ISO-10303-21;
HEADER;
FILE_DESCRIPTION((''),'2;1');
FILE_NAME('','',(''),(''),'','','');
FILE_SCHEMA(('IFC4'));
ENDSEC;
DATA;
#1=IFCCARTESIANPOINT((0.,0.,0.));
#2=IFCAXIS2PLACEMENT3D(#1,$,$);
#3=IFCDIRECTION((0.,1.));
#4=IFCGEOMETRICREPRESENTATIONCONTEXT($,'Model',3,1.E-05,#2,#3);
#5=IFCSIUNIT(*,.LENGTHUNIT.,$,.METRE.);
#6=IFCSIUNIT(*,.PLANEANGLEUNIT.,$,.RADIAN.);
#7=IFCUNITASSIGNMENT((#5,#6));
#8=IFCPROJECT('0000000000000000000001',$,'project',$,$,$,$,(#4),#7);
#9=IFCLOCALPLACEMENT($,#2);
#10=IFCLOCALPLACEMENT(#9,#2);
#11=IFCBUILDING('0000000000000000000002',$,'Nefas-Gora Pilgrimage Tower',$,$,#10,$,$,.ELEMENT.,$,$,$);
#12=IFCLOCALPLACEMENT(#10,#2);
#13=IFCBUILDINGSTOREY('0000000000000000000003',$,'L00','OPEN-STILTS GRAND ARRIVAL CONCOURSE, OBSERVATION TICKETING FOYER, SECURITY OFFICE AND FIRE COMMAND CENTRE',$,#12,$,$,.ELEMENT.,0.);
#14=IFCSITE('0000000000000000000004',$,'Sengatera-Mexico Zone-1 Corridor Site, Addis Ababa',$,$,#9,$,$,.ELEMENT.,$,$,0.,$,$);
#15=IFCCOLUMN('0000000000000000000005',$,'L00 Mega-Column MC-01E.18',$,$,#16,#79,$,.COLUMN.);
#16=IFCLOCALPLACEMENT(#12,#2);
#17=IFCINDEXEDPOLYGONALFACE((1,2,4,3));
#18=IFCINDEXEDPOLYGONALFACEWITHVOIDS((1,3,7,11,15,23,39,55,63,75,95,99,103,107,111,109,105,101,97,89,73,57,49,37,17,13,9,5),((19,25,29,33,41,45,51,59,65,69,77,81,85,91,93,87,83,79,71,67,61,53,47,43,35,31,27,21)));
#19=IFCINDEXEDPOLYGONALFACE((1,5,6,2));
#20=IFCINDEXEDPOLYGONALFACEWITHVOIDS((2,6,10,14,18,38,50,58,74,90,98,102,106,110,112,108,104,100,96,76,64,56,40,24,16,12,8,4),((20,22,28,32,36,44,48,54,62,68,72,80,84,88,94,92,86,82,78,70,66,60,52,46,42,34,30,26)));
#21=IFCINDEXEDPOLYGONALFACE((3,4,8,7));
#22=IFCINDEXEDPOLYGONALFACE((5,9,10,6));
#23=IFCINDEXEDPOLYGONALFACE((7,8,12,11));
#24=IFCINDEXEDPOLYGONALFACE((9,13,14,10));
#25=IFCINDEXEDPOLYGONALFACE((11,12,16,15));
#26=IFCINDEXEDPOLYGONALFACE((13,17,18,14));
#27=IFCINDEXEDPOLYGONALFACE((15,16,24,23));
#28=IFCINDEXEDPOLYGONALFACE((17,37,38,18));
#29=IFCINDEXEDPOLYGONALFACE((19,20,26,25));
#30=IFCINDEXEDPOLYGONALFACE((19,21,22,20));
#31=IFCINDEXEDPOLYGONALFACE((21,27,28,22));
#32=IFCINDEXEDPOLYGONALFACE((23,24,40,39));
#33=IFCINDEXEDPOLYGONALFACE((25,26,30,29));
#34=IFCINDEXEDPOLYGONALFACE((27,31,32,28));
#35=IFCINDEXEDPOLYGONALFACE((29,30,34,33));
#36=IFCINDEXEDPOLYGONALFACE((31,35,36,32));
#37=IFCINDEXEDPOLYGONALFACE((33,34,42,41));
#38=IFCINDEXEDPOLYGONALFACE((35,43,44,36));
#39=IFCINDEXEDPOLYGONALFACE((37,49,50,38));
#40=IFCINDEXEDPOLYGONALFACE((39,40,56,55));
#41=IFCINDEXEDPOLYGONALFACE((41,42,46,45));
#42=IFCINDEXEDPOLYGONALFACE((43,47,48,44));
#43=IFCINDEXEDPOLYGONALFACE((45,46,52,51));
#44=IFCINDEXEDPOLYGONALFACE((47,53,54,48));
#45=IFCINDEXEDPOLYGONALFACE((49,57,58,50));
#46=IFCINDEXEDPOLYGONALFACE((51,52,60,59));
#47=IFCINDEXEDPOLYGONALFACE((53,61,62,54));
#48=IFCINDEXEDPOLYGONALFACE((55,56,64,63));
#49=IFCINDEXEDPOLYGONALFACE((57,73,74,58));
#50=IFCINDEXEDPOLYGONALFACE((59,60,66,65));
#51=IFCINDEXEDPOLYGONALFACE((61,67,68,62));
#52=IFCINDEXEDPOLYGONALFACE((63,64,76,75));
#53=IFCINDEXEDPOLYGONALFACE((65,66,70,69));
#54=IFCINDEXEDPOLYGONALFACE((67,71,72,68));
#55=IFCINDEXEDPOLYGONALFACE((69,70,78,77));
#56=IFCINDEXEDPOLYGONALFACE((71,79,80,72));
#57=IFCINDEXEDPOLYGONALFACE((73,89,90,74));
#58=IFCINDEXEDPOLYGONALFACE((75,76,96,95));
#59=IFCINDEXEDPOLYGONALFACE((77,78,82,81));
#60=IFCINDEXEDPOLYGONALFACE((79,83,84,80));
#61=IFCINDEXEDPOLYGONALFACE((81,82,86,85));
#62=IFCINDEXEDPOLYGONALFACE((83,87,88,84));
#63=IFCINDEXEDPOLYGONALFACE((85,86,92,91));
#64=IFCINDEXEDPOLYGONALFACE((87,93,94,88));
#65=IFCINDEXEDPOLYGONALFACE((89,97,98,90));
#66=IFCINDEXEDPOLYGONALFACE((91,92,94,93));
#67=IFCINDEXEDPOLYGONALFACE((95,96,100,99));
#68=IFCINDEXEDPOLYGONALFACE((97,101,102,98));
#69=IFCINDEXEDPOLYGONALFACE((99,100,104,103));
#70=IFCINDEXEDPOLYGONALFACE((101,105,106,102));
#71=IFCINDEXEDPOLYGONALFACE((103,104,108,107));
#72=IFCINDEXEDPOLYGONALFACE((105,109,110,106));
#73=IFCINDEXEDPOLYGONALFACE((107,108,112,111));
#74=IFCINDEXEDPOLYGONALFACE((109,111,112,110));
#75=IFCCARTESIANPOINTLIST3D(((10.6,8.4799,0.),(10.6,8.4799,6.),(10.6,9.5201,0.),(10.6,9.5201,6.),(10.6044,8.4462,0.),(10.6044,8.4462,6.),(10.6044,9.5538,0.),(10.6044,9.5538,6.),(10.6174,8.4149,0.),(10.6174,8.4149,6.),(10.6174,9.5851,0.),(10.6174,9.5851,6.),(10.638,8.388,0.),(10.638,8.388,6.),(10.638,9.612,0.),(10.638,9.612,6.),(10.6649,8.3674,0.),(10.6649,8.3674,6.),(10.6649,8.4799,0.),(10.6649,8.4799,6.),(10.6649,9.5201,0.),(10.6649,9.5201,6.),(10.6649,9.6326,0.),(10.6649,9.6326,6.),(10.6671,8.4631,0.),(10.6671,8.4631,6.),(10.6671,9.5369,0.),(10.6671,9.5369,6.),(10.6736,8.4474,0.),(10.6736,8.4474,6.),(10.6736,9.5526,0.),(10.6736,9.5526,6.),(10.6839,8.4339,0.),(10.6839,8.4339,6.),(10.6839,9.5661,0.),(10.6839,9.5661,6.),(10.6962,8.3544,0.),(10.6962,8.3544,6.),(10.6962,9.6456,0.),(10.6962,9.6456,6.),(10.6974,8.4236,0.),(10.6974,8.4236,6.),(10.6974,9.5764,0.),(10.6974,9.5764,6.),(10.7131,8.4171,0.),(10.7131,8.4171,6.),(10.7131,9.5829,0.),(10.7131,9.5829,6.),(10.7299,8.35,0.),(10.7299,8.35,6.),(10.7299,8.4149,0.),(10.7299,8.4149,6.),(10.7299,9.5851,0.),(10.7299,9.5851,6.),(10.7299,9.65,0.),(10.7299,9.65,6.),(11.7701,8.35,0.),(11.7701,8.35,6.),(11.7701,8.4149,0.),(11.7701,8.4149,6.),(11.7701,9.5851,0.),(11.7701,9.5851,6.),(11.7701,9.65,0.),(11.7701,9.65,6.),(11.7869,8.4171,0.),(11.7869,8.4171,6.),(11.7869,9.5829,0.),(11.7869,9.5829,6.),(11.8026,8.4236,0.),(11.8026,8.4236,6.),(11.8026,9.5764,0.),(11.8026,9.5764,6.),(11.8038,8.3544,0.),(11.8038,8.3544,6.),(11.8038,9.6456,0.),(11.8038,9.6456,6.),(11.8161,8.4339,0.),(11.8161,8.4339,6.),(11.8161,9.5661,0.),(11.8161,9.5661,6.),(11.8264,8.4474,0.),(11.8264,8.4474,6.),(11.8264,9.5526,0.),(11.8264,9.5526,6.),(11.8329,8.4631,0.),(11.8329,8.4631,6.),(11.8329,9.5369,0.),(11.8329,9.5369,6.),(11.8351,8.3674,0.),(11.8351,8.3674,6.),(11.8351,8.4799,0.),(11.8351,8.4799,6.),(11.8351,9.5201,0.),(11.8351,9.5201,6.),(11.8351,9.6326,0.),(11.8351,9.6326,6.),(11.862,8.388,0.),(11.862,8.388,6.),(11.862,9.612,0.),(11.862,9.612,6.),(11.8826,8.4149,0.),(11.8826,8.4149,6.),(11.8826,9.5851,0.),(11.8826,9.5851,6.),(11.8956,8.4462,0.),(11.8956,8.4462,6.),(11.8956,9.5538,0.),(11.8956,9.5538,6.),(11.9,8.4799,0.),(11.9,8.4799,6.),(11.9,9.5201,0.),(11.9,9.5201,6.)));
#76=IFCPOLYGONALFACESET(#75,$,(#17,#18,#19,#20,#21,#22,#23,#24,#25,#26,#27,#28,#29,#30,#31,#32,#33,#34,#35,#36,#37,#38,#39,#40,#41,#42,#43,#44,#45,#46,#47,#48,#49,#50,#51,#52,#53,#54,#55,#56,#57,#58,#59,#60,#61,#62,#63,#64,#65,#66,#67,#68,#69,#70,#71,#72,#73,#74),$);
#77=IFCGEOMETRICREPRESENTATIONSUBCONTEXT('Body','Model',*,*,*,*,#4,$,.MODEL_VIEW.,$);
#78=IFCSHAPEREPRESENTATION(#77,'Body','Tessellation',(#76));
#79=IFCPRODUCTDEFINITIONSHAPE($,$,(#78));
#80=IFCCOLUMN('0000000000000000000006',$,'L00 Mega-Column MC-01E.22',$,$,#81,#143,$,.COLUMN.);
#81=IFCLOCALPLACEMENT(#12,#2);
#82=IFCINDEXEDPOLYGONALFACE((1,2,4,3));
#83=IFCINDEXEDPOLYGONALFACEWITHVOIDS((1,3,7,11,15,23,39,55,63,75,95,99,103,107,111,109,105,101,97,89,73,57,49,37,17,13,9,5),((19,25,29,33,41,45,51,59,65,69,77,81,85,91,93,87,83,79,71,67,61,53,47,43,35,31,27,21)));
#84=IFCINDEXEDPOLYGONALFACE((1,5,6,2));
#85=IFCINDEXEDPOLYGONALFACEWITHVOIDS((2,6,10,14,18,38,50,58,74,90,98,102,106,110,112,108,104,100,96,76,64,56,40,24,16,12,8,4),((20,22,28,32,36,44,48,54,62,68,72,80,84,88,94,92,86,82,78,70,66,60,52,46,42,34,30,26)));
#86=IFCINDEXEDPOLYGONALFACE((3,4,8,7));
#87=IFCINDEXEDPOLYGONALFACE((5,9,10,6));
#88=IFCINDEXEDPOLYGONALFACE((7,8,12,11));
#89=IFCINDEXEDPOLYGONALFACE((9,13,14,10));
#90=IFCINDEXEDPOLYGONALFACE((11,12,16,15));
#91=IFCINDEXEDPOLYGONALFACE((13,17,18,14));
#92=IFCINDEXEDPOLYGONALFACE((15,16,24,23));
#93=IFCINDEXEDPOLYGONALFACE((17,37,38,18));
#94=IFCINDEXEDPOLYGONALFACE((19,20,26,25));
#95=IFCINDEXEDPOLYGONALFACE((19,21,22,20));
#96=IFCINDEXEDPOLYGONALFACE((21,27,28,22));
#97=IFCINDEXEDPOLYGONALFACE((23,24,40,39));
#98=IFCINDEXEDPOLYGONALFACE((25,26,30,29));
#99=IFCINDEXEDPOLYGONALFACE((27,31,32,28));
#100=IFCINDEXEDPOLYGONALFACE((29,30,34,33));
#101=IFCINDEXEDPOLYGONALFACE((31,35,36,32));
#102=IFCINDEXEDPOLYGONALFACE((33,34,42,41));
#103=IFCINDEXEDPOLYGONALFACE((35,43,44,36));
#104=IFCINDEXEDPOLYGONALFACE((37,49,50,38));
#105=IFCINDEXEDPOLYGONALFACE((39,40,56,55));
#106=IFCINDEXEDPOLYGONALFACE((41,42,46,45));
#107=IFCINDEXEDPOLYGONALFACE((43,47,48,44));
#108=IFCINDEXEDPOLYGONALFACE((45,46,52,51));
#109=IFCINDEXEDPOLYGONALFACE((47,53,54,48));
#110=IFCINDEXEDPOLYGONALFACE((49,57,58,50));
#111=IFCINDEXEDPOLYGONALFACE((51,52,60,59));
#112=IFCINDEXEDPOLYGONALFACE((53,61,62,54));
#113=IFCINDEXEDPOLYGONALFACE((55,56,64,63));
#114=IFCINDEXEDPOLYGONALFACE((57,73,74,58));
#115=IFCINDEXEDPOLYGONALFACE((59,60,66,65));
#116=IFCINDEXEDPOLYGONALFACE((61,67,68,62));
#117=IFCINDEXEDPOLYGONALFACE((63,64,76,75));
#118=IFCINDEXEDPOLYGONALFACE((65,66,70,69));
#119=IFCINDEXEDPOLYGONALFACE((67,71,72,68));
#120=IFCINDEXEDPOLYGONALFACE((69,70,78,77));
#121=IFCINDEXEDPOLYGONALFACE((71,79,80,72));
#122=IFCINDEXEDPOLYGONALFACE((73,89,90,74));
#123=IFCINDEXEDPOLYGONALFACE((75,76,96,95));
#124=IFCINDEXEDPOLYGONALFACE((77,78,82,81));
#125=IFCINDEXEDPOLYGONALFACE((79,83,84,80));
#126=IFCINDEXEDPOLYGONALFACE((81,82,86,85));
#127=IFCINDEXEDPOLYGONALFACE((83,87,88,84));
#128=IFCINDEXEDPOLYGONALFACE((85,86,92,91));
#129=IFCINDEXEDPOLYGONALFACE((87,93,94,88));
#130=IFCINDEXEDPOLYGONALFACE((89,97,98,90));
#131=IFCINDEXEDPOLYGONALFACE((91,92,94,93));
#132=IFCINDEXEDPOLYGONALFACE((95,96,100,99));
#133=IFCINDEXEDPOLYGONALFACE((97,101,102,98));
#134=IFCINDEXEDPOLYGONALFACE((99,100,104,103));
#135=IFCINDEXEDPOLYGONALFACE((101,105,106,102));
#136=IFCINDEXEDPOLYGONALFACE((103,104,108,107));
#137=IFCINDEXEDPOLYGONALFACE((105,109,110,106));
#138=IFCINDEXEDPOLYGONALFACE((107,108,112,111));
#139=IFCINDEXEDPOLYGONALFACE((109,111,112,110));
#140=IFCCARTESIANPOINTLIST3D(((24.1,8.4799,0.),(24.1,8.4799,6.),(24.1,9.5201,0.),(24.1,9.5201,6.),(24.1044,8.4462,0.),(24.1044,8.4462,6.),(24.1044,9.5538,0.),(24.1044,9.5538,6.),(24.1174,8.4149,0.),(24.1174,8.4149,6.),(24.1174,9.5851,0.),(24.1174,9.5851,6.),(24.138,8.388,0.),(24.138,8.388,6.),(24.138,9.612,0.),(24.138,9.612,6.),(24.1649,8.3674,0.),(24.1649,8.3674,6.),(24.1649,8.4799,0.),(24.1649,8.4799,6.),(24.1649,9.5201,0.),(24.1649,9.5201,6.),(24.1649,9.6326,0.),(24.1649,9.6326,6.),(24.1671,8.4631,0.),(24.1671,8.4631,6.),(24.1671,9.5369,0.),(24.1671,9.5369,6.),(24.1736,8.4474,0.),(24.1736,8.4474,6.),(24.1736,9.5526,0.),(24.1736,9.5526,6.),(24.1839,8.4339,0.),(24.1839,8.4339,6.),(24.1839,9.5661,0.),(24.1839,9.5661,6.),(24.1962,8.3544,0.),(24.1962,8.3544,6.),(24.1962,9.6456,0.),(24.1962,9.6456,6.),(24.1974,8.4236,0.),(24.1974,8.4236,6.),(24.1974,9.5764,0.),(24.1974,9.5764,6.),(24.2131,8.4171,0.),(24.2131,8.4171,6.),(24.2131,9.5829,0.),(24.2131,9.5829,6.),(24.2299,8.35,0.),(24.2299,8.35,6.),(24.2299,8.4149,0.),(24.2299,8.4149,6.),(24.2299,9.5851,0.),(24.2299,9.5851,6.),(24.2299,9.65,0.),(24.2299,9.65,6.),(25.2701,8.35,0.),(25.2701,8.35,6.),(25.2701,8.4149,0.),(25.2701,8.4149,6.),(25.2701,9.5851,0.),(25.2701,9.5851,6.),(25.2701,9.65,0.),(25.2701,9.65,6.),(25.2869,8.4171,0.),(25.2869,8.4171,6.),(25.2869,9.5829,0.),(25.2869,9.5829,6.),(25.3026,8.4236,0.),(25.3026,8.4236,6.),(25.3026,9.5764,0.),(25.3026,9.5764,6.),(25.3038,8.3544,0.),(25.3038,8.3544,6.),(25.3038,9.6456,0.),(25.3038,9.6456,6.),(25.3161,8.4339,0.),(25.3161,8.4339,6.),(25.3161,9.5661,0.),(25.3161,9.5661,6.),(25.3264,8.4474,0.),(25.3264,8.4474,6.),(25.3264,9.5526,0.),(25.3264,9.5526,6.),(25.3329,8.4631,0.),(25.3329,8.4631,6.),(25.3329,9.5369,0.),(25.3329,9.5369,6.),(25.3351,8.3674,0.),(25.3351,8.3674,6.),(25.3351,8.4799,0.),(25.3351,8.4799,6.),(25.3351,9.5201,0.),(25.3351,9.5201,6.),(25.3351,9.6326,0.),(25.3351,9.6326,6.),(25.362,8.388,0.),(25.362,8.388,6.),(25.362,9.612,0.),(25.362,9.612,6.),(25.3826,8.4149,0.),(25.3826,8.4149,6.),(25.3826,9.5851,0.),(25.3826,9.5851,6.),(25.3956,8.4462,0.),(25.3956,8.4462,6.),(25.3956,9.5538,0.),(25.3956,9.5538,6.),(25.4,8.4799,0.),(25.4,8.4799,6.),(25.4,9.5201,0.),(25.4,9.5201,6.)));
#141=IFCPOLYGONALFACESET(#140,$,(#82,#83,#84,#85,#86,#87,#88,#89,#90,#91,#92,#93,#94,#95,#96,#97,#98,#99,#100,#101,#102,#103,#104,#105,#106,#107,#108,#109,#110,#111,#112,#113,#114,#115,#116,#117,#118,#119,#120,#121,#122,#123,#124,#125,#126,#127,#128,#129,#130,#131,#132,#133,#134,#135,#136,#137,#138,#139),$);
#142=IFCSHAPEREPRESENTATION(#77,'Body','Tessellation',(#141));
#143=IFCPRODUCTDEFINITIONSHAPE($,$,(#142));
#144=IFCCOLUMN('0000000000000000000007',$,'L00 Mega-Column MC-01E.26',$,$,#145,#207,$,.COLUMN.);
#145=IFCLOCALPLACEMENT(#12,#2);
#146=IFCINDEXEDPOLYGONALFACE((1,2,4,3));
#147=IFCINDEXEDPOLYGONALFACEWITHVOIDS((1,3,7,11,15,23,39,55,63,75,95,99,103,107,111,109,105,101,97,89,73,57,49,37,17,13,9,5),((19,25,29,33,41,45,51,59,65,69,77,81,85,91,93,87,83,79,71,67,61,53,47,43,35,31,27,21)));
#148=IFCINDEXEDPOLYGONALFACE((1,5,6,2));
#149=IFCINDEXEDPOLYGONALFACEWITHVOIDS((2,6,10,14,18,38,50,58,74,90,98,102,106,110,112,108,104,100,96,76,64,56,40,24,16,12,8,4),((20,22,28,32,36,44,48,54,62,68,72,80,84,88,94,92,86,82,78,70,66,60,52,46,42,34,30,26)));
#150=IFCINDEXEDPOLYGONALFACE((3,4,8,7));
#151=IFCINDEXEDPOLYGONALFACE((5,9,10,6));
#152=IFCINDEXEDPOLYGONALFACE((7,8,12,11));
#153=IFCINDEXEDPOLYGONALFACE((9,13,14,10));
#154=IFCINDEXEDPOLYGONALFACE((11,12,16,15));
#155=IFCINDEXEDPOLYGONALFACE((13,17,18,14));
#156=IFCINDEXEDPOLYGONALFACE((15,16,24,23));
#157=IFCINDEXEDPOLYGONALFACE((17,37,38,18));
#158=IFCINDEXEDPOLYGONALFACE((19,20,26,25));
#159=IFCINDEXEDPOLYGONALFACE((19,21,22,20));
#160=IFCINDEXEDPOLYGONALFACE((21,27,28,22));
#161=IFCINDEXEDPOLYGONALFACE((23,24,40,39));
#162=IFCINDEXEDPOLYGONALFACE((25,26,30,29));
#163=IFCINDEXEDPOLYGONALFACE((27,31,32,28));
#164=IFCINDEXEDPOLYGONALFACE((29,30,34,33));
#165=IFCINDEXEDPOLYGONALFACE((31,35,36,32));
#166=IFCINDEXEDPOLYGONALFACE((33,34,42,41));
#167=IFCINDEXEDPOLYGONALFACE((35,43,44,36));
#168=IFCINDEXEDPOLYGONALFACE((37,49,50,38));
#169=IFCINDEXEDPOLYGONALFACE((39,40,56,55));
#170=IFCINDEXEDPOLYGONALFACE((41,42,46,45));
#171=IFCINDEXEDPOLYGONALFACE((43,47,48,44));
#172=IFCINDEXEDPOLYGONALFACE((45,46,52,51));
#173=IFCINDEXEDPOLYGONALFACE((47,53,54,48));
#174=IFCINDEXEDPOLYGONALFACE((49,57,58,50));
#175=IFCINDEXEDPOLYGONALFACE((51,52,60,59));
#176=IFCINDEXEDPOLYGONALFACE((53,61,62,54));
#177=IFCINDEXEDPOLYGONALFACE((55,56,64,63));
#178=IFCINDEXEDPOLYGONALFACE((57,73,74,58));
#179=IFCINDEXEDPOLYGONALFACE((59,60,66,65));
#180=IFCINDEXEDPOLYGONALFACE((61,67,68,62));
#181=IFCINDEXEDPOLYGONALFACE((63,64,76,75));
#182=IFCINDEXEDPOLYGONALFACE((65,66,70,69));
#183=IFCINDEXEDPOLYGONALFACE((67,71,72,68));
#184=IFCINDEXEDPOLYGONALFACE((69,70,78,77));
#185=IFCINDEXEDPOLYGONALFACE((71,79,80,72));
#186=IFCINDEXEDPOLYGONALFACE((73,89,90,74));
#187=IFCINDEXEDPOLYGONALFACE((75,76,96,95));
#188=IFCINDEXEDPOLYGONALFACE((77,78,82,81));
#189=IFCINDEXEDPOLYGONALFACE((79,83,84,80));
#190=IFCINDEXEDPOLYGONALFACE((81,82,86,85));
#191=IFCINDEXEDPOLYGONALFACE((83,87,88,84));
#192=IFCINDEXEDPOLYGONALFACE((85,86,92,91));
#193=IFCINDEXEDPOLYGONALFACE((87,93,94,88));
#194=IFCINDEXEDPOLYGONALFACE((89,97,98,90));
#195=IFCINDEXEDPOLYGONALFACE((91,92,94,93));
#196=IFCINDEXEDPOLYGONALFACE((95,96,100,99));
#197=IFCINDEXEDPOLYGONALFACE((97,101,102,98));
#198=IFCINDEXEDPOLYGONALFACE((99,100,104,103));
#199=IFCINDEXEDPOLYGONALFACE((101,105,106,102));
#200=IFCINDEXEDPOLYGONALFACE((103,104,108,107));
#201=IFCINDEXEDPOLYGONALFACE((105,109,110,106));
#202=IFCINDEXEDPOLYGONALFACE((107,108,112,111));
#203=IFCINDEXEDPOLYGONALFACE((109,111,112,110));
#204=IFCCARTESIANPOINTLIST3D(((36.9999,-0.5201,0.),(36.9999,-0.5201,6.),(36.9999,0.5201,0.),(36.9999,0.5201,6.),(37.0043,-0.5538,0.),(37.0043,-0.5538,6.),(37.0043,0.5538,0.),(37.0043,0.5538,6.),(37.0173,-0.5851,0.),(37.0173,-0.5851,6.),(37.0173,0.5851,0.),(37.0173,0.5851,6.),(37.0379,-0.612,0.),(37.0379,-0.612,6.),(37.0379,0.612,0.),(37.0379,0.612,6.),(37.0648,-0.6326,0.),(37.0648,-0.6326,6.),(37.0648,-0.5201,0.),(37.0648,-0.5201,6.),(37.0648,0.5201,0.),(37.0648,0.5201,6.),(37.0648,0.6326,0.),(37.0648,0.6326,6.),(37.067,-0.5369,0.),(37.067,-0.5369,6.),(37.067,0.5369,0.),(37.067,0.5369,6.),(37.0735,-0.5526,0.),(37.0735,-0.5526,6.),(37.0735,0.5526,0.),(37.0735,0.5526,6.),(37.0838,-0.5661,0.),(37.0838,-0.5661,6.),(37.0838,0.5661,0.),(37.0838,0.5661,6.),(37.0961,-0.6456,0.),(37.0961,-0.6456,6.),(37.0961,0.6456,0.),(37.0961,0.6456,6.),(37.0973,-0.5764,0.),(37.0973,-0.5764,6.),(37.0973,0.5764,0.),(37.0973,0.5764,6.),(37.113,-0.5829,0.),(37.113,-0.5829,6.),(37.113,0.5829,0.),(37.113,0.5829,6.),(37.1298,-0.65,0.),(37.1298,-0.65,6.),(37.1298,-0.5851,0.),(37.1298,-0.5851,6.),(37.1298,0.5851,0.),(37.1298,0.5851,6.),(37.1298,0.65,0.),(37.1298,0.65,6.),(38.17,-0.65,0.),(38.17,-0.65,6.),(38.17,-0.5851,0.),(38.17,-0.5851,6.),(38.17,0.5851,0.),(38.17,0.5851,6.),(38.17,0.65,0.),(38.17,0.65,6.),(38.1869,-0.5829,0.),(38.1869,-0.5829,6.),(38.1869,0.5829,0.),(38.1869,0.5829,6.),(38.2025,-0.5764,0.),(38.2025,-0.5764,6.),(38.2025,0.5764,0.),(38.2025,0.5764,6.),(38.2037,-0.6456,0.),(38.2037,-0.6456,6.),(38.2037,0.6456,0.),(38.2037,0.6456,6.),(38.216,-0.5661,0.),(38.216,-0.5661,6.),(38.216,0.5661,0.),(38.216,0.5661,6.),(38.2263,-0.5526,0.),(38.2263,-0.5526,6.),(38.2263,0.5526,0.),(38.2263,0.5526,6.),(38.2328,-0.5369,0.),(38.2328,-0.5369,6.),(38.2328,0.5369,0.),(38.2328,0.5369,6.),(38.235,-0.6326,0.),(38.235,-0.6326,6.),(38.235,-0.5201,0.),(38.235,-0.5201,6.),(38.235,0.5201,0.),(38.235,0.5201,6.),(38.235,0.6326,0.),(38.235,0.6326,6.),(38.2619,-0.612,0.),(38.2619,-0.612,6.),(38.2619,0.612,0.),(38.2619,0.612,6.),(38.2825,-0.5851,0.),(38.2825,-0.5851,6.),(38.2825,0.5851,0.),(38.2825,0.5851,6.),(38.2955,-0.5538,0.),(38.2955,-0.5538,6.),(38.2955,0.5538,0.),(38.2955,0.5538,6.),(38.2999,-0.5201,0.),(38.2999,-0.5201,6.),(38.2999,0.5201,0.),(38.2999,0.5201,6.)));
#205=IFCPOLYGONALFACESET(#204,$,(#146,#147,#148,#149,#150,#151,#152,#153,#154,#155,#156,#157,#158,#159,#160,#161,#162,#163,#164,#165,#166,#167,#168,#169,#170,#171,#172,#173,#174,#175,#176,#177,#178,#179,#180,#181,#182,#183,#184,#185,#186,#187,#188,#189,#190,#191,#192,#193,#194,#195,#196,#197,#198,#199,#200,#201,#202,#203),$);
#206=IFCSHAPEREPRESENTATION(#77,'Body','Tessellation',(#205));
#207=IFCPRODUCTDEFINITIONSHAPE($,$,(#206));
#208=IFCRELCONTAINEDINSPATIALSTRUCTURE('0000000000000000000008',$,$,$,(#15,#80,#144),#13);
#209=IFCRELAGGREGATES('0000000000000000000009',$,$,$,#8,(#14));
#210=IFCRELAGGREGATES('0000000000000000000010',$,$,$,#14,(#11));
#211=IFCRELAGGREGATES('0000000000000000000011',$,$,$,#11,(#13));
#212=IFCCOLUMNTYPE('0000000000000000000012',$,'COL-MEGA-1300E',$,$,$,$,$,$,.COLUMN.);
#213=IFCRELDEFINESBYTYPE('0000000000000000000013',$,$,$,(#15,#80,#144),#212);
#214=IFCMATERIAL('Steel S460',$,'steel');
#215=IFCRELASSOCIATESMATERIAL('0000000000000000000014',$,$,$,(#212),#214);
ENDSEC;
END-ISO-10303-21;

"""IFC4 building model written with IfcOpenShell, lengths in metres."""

from ifc_helpers import new_model, si_unit, direction, frame, origin, origin_2d, place, context, subcontext, project, spatial, hollow_rectangle, extrude, source, transform, mapped, material, material_profile, profile_set, type_object, element, save


model = new_model("IFC4")

# Units and contexts
model_context = context("Model", 3, precision=1e-05, world=origin(), true_north=direction((0.0, 1.0)))
body_context = subcontext(model_context, "Body", "Model", "MODEL_VIEW")
ifc_project = project(units=[si_unit("LENGTHUNIT", "METRE"), si_unit("PLANEANGLEUNIT", "RADIAN")], contexts=[model_context])

# Site, building, storey
site_placement = place(None, origin())
site = spatial("IfcSite", under=ifc_project, at=site_placement, Name="Sengatera-Mexico Zone-1 Corridor Site, Addis Ababa", CompositionType="ELEMENT", RefElevation=0.0)
building_placement = place(site_placement, origin())
building = spatial("IfcBuilding", under=site, at=building_placement, Name="Nefas-Gora Pilgrimage Tower", CompositionType="ELEMENT")
storey_placement = place(building_placement, origin())
storey = spatial("IfcBuildingStorey", under=building, at=storey_placement, Name="L00", Description="OPEN-STILTS GRAND ARRIVAL CONCOURSE, OBSERVATION TICKETING FOYER, SECURITY OFFICE AND FIRE COMMAND CENTRE", CompositionType="ELEMENT", Elevation=0.0)

# Columns
ifc_material_1 = material(Name="Steel S460", Category="steel")
ifc_material_profile_1 = material_profile(ifc_material_1, hollow_rectangle(XDim=1.3, YDim=1.3, WallThickness=0.0649, InnerFilletRadius=0.0649, OuterFilletRadius=0.1299, at=origin_2d()), Name="BOX 1300x1300x65")
ifc_profile_set_1 = profile_set([ifc_material_profile_1], Name="Steel S460")
column_type = type_object("IfcColumnType", Name="COL-MEGA-1300E", PredefinedType="COLUMN", material=ifc_profile_set_1)
shared_shape_1 = source(origin(), body_context, "Body", "SweptSolid", [
    extrude(hollow_rectangle(XDim=1.3, YDim=1.3, WallThickness=0.0649, InnerFilletRadius=0.0649, OuterFilletRadius=0.1299, at=origin_2d()), origin(), (0.0, 0.0, 1.0), 6.0),
])
for number, where, z_axis, x_axis, name in (
    (1, (11.25, 9.0, 0.0), (0.0, 0.0, 1.0), (1.0, 0.0, 0.0), "L00 Mega-Column MC-01E.18"),
    (2, (24.75, 9.0, 0.0), (0.0, 0.0, 1.0), (1.0, 0.0, 0.0), "L00 Mega-Column MC-01E.22"),
    (3, (37.6499, 0.0, 0.0), (0.0, 0.0, 1.0), (1.0, 0.0, 0.0), "L00 Mega-Column MC-01E.26"),
):
    element("IfcColumn", number, at=place(storey_placement, frame(where, z_axis=z_axis, x_axis=x_axis)), inside=storey, type_object=column_type, Name=name, PredefinedType="COLUMN", context=body_context, shape_type="MappedRepresentation", body=[
        mapped(shared_shape_1, transform((0.0, 0.0, 0.0), x_axis=(1.0, 0.0, 0.0), y_axis=(0.0, 1.0, 0.0), z_axis=(0.0, 0.0, 1.0), scale=1.0)),
    ])

save(model, "model.ifc")
